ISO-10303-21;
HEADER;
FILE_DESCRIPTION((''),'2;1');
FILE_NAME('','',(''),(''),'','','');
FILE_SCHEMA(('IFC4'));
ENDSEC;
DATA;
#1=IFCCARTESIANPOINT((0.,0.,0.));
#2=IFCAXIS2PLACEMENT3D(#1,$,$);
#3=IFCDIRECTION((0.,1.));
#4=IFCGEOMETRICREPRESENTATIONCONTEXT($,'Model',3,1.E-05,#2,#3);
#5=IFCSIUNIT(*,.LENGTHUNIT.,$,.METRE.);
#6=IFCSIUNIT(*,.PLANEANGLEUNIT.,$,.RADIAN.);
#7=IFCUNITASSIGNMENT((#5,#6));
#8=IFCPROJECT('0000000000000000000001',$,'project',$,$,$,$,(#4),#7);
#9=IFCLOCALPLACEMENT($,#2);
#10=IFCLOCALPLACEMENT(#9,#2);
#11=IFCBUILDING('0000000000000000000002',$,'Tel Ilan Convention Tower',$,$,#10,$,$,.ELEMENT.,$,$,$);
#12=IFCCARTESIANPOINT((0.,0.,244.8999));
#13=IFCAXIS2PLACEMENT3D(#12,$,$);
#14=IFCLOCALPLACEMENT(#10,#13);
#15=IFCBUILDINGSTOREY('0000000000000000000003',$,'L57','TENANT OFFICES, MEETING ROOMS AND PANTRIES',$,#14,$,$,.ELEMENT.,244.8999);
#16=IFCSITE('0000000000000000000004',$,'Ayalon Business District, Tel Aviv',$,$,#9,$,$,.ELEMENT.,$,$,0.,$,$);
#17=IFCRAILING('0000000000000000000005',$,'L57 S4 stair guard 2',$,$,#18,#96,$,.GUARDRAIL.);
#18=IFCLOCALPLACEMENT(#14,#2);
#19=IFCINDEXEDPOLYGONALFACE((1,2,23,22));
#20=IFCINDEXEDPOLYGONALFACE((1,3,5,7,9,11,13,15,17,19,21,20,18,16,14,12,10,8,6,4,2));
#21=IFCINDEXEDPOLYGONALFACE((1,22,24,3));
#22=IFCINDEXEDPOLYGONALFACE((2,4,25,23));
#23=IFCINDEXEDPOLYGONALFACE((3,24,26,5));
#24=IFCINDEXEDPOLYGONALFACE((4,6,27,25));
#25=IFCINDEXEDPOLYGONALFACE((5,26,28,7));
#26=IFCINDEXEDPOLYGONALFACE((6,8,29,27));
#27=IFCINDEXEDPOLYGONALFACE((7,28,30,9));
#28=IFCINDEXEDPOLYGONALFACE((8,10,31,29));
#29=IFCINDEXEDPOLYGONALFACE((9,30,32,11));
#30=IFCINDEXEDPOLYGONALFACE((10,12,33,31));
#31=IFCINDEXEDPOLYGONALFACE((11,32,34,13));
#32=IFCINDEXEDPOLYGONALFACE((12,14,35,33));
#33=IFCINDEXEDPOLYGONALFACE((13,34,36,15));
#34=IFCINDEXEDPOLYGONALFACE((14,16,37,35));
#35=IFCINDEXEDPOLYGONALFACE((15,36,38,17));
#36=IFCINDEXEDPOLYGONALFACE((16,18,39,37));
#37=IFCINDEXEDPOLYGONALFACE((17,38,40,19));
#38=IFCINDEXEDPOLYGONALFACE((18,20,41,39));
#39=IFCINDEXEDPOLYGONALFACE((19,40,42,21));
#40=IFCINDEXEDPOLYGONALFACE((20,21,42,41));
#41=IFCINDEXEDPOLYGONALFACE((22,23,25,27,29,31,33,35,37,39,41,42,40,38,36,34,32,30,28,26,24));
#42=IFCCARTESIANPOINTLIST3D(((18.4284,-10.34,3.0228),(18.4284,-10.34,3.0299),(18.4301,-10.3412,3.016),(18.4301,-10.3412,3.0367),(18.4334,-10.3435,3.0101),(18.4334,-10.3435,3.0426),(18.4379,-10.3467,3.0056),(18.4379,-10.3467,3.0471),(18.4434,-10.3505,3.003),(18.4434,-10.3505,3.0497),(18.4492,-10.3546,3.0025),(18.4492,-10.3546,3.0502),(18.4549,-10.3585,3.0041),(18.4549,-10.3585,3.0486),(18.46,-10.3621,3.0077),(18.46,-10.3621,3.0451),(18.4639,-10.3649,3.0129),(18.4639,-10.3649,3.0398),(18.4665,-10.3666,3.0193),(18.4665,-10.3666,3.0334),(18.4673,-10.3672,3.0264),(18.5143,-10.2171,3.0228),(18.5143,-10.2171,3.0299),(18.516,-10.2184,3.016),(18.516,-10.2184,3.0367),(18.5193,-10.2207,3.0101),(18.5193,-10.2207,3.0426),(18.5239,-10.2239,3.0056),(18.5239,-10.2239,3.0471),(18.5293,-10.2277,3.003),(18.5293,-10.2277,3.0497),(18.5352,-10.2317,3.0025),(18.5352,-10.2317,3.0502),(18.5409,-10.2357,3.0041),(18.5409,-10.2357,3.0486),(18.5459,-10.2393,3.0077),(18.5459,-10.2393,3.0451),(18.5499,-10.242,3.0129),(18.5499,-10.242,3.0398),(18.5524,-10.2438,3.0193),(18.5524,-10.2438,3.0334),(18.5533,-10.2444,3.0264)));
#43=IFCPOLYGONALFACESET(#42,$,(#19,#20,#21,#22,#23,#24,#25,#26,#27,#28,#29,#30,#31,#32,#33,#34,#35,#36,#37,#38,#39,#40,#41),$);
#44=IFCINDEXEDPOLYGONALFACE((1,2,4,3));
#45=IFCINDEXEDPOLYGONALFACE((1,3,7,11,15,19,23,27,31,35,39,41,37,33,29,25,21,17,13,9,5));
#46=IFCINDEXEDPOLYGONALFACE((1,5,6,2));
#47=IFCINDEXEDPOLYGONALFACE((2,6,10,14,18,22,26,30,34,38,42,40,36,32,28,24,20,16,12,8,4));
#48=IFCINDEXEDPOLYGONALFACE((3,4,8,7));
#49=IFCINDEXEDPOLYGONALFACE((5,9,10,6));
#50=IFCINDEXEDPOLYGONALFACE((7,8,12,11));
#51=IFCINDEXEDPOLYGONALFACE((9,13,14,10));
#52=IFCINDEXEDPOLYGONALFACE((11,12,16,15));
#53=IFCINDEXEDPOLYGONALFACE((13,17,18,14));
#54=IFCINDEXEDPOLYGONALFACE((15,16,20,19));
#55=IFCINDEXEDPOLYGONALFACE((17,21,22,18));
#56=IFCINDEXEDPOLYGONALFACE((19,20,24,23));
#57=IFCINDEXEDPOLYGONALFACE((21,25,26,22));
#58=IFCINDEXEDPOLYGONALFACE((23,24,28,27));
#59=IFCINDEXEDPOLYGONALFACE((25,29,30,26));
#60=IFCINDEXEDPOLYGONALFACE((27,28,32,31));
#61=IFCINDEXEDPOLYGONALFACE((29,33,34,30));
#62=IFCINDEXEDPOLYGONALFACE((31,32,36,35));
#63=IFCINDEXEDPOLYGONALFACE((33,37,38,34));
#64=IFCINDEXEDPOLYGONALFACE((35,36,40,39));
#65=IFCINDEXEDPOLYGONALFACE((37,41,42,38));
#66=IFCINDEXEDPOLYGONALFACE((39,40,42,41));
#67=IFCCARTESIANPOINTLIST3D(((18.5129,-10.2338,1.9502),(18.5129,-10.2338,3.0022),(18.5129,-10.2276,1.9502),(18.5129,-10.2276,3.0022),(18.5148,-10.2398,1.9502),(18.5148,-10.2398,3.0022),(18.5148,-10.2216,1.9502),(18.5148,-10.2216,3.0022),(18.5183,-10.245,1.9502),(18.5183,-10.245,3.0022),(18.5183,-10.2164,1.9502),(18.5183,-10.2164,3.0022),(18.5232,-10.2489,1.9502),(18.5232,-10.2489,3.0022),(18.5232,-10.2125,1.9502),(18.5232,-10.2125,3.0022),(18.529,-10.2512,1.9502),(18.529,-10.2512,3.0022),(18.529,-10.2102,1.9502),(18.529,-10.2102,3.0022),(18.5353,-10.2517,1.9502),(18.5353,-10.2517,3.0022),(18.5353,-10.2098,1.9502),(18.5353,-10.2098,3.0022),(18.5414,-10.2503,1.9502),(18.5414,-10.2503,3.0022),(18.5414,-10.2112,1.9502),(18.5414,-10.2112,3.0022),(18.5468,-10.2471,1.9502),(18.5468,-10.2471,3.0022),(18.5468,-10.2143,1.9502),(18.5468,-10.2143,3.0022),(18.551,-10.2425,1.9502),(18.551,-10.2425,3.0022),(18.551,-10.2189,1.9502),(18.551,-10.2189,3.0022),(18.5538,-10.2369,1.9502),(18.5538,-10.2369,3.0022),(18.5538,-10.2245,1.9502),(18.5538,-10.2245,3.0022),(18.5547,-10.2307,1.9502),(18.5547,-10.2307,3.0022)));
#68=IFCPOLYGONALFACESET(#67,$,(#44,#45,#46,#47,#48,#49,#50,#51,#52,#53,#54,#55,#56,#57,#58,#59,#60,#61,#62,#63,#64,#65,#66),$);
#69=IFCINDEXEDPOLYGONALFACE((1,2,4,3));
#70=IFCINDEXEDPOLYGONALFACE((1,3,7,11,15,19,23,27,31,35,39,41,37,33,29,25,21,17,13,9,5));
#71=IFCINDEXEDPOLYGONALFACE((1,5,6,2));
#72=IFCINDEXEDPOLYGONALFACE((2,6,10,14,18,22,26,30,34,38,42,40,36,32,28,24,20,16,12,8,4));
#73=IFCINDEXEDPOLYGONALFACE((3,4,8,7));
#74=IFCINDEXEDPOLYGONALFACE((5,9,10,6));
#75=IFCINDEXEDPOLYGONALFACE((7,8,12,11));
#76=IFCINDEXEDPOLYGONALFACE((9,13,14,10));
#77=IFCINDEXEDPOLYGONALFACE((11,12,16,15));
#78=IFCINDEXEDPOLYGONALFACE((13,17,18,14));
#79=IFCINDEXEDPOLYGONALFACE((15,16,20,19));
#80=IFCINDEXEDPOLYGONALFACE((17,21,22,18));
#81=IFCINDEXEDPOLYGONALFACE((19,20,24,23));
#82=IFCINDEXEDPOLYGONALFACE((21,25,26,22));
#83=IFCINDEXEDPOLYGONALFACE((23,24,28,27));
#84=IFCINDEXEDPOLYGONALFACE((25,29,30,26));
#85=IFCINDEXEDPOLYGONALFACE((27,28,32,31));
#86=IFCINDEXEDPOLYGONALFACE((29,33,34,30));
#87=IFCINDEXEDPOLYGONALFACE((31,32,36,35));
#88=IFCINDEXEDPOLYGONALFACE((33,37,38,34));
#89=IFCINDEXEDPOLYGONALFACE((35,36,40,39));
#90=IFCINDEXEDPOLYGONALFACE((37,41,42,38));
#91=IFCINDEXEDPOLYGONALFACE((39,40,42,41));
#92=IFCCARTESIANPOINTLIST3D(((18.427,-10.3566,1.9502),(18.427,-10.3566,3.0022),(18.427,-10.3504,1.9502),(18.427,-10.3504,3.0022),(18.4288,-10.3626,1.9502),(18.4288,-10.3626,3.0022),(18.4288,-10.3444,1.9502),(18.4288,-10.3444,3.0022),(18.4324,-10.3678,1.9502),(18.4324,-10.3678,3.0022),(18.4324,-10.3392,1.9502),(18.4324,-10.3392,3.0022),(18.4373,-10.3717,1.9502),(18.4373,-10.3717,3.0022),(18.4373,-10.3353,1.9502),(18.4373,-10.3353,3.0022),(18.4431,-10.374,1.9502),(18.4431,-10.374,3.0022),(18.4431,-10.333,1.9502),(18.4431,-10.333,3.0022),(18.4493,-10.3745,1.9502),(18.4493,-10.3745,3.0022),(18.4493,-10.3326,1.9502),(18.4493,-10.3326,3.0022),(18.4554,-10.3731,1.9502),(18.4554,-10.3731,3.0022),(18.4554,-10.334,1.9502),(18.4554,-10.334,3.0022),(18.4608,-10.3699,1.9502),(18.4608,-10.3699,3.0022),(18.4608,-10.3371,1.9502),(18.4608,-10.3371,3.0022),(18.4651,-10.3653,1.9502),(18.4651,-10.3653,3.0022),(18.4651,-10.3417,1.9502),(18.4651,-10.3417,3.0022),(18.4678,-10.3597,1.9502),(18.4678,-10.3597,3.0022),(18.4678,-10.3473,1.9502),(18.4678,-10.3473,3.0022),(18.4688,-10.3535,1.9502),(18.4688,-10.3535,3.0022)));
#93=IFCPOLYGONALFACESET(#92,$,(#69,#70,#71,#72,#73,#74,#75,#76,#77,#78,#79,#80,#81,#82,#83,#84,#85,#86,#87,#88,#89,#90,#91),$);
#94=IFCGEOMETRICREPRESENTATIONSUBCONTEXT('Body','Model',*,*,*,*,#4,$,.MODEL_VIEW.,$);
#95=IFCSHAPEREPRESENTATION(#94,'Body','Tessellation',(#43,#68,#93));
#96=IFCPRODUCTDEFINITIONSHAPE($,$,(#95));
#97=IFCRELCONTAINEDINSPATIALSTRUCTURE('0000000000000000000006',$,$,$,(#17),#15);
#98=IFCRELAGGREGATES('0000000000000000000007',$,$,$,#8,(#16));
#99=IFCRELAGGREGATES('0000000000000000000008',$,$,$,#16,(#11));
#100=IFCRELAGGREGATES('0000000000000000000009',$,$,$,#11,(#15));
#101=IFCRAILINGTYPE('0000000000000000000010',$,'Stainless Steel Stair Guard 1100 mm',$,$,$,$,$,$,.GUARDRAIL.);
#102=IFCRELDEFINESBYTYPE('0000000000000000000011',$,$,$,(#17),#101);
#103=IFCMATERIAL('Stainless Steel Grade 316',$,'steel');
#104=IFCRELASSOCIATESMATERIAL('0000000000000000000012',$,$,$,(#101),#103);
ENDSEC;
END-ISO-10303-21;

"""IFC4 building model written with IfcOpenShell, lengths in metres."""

from ifc_helpers import new_model, si_unit, direction, frame, origin, origin_2d, place, context, subcontext, project, spatial, circle, extrude, material, type_object, element, save


model = new_model("IFC4")

# Units and contexts
model_context = context("Model", 3, precision=1e-05, world=origin(), true_north=direction((0.0, 1.0)))
body_context = subcontext(model_context, "Body", "Model", "MODEL_VIEW")
ifc_project = project(units=[si_unit("LENGTHUNIT", "METRE"), si_unit("PLANEANGLEUNIT", "RADIAN")], contexts=[model_context])

# Site, building, storey
site_placement = place(None, origin())
site = spatial("IfcSite", under=ifc_project, at=site_placement, Name="Ayalon Business District, Tel Aviv", CompositionType="ELEMENT", RefElevation=0.0)
building_placement = place(site_placement, origin())
building = spatial("IfcBuilding", under=site, at=building_placement, Name="Tel Ilan Convention Tower", CompositionType="ELEMENT")
storey_placement = place(building_placement, frame((0.0, 0.0, 244.8999)))
storey = spatial("IfcBuildingStorey", under=building, at=storey_placement, Name="L57", Description="TENANT OFFICES, MEETING ROOMS AND PANTRIES", CompositionType="ELEMENT", Elevation=244.8999)

# Railing
ifc_material_1 = material(Name="Stainless Steel Grade 316", Category="steel")
railing_type_1 = type_object("IfcRailingType", Name="Stainless Steel Stair Guard 1100 mm", PredefinedType="GUARDRAIL", material=ifc_material_1)
railing_1_placement = place(storey_placement, frame((18.5337, -10.2307, 1.9502)))
element("IfcRailing", 1, at=railing_1_placement, inside=storey, type_object=railing_type_1, Name="L57 S4 stair guard 2", PredefinedType="GUARDRAIL", context=body_context, shape_type="SweptSolid", body=[
    extrude(circle(Radius=0.0239, at=origin_2d()), frame((0.0, 0.0, 1.0762), z_axis=(-0.573353, -0.819308, 0.0), x_axis=(0.819308, -0.573353, 0.0)), (0.0, 0.0, 1.0), 0.1499),
    extrude(circle(Radius=0.021, at=origin_2d()), origin(), (0.0, 0.0, 1.0), 1.052),
    extrude(circle(Radius=0.021, at=origin_2d()), frame((-0.0859, -0.1228, 0.0)), (0.0, 0.0, 1.0), 1.052),
])

save(model, "model.ifc")
